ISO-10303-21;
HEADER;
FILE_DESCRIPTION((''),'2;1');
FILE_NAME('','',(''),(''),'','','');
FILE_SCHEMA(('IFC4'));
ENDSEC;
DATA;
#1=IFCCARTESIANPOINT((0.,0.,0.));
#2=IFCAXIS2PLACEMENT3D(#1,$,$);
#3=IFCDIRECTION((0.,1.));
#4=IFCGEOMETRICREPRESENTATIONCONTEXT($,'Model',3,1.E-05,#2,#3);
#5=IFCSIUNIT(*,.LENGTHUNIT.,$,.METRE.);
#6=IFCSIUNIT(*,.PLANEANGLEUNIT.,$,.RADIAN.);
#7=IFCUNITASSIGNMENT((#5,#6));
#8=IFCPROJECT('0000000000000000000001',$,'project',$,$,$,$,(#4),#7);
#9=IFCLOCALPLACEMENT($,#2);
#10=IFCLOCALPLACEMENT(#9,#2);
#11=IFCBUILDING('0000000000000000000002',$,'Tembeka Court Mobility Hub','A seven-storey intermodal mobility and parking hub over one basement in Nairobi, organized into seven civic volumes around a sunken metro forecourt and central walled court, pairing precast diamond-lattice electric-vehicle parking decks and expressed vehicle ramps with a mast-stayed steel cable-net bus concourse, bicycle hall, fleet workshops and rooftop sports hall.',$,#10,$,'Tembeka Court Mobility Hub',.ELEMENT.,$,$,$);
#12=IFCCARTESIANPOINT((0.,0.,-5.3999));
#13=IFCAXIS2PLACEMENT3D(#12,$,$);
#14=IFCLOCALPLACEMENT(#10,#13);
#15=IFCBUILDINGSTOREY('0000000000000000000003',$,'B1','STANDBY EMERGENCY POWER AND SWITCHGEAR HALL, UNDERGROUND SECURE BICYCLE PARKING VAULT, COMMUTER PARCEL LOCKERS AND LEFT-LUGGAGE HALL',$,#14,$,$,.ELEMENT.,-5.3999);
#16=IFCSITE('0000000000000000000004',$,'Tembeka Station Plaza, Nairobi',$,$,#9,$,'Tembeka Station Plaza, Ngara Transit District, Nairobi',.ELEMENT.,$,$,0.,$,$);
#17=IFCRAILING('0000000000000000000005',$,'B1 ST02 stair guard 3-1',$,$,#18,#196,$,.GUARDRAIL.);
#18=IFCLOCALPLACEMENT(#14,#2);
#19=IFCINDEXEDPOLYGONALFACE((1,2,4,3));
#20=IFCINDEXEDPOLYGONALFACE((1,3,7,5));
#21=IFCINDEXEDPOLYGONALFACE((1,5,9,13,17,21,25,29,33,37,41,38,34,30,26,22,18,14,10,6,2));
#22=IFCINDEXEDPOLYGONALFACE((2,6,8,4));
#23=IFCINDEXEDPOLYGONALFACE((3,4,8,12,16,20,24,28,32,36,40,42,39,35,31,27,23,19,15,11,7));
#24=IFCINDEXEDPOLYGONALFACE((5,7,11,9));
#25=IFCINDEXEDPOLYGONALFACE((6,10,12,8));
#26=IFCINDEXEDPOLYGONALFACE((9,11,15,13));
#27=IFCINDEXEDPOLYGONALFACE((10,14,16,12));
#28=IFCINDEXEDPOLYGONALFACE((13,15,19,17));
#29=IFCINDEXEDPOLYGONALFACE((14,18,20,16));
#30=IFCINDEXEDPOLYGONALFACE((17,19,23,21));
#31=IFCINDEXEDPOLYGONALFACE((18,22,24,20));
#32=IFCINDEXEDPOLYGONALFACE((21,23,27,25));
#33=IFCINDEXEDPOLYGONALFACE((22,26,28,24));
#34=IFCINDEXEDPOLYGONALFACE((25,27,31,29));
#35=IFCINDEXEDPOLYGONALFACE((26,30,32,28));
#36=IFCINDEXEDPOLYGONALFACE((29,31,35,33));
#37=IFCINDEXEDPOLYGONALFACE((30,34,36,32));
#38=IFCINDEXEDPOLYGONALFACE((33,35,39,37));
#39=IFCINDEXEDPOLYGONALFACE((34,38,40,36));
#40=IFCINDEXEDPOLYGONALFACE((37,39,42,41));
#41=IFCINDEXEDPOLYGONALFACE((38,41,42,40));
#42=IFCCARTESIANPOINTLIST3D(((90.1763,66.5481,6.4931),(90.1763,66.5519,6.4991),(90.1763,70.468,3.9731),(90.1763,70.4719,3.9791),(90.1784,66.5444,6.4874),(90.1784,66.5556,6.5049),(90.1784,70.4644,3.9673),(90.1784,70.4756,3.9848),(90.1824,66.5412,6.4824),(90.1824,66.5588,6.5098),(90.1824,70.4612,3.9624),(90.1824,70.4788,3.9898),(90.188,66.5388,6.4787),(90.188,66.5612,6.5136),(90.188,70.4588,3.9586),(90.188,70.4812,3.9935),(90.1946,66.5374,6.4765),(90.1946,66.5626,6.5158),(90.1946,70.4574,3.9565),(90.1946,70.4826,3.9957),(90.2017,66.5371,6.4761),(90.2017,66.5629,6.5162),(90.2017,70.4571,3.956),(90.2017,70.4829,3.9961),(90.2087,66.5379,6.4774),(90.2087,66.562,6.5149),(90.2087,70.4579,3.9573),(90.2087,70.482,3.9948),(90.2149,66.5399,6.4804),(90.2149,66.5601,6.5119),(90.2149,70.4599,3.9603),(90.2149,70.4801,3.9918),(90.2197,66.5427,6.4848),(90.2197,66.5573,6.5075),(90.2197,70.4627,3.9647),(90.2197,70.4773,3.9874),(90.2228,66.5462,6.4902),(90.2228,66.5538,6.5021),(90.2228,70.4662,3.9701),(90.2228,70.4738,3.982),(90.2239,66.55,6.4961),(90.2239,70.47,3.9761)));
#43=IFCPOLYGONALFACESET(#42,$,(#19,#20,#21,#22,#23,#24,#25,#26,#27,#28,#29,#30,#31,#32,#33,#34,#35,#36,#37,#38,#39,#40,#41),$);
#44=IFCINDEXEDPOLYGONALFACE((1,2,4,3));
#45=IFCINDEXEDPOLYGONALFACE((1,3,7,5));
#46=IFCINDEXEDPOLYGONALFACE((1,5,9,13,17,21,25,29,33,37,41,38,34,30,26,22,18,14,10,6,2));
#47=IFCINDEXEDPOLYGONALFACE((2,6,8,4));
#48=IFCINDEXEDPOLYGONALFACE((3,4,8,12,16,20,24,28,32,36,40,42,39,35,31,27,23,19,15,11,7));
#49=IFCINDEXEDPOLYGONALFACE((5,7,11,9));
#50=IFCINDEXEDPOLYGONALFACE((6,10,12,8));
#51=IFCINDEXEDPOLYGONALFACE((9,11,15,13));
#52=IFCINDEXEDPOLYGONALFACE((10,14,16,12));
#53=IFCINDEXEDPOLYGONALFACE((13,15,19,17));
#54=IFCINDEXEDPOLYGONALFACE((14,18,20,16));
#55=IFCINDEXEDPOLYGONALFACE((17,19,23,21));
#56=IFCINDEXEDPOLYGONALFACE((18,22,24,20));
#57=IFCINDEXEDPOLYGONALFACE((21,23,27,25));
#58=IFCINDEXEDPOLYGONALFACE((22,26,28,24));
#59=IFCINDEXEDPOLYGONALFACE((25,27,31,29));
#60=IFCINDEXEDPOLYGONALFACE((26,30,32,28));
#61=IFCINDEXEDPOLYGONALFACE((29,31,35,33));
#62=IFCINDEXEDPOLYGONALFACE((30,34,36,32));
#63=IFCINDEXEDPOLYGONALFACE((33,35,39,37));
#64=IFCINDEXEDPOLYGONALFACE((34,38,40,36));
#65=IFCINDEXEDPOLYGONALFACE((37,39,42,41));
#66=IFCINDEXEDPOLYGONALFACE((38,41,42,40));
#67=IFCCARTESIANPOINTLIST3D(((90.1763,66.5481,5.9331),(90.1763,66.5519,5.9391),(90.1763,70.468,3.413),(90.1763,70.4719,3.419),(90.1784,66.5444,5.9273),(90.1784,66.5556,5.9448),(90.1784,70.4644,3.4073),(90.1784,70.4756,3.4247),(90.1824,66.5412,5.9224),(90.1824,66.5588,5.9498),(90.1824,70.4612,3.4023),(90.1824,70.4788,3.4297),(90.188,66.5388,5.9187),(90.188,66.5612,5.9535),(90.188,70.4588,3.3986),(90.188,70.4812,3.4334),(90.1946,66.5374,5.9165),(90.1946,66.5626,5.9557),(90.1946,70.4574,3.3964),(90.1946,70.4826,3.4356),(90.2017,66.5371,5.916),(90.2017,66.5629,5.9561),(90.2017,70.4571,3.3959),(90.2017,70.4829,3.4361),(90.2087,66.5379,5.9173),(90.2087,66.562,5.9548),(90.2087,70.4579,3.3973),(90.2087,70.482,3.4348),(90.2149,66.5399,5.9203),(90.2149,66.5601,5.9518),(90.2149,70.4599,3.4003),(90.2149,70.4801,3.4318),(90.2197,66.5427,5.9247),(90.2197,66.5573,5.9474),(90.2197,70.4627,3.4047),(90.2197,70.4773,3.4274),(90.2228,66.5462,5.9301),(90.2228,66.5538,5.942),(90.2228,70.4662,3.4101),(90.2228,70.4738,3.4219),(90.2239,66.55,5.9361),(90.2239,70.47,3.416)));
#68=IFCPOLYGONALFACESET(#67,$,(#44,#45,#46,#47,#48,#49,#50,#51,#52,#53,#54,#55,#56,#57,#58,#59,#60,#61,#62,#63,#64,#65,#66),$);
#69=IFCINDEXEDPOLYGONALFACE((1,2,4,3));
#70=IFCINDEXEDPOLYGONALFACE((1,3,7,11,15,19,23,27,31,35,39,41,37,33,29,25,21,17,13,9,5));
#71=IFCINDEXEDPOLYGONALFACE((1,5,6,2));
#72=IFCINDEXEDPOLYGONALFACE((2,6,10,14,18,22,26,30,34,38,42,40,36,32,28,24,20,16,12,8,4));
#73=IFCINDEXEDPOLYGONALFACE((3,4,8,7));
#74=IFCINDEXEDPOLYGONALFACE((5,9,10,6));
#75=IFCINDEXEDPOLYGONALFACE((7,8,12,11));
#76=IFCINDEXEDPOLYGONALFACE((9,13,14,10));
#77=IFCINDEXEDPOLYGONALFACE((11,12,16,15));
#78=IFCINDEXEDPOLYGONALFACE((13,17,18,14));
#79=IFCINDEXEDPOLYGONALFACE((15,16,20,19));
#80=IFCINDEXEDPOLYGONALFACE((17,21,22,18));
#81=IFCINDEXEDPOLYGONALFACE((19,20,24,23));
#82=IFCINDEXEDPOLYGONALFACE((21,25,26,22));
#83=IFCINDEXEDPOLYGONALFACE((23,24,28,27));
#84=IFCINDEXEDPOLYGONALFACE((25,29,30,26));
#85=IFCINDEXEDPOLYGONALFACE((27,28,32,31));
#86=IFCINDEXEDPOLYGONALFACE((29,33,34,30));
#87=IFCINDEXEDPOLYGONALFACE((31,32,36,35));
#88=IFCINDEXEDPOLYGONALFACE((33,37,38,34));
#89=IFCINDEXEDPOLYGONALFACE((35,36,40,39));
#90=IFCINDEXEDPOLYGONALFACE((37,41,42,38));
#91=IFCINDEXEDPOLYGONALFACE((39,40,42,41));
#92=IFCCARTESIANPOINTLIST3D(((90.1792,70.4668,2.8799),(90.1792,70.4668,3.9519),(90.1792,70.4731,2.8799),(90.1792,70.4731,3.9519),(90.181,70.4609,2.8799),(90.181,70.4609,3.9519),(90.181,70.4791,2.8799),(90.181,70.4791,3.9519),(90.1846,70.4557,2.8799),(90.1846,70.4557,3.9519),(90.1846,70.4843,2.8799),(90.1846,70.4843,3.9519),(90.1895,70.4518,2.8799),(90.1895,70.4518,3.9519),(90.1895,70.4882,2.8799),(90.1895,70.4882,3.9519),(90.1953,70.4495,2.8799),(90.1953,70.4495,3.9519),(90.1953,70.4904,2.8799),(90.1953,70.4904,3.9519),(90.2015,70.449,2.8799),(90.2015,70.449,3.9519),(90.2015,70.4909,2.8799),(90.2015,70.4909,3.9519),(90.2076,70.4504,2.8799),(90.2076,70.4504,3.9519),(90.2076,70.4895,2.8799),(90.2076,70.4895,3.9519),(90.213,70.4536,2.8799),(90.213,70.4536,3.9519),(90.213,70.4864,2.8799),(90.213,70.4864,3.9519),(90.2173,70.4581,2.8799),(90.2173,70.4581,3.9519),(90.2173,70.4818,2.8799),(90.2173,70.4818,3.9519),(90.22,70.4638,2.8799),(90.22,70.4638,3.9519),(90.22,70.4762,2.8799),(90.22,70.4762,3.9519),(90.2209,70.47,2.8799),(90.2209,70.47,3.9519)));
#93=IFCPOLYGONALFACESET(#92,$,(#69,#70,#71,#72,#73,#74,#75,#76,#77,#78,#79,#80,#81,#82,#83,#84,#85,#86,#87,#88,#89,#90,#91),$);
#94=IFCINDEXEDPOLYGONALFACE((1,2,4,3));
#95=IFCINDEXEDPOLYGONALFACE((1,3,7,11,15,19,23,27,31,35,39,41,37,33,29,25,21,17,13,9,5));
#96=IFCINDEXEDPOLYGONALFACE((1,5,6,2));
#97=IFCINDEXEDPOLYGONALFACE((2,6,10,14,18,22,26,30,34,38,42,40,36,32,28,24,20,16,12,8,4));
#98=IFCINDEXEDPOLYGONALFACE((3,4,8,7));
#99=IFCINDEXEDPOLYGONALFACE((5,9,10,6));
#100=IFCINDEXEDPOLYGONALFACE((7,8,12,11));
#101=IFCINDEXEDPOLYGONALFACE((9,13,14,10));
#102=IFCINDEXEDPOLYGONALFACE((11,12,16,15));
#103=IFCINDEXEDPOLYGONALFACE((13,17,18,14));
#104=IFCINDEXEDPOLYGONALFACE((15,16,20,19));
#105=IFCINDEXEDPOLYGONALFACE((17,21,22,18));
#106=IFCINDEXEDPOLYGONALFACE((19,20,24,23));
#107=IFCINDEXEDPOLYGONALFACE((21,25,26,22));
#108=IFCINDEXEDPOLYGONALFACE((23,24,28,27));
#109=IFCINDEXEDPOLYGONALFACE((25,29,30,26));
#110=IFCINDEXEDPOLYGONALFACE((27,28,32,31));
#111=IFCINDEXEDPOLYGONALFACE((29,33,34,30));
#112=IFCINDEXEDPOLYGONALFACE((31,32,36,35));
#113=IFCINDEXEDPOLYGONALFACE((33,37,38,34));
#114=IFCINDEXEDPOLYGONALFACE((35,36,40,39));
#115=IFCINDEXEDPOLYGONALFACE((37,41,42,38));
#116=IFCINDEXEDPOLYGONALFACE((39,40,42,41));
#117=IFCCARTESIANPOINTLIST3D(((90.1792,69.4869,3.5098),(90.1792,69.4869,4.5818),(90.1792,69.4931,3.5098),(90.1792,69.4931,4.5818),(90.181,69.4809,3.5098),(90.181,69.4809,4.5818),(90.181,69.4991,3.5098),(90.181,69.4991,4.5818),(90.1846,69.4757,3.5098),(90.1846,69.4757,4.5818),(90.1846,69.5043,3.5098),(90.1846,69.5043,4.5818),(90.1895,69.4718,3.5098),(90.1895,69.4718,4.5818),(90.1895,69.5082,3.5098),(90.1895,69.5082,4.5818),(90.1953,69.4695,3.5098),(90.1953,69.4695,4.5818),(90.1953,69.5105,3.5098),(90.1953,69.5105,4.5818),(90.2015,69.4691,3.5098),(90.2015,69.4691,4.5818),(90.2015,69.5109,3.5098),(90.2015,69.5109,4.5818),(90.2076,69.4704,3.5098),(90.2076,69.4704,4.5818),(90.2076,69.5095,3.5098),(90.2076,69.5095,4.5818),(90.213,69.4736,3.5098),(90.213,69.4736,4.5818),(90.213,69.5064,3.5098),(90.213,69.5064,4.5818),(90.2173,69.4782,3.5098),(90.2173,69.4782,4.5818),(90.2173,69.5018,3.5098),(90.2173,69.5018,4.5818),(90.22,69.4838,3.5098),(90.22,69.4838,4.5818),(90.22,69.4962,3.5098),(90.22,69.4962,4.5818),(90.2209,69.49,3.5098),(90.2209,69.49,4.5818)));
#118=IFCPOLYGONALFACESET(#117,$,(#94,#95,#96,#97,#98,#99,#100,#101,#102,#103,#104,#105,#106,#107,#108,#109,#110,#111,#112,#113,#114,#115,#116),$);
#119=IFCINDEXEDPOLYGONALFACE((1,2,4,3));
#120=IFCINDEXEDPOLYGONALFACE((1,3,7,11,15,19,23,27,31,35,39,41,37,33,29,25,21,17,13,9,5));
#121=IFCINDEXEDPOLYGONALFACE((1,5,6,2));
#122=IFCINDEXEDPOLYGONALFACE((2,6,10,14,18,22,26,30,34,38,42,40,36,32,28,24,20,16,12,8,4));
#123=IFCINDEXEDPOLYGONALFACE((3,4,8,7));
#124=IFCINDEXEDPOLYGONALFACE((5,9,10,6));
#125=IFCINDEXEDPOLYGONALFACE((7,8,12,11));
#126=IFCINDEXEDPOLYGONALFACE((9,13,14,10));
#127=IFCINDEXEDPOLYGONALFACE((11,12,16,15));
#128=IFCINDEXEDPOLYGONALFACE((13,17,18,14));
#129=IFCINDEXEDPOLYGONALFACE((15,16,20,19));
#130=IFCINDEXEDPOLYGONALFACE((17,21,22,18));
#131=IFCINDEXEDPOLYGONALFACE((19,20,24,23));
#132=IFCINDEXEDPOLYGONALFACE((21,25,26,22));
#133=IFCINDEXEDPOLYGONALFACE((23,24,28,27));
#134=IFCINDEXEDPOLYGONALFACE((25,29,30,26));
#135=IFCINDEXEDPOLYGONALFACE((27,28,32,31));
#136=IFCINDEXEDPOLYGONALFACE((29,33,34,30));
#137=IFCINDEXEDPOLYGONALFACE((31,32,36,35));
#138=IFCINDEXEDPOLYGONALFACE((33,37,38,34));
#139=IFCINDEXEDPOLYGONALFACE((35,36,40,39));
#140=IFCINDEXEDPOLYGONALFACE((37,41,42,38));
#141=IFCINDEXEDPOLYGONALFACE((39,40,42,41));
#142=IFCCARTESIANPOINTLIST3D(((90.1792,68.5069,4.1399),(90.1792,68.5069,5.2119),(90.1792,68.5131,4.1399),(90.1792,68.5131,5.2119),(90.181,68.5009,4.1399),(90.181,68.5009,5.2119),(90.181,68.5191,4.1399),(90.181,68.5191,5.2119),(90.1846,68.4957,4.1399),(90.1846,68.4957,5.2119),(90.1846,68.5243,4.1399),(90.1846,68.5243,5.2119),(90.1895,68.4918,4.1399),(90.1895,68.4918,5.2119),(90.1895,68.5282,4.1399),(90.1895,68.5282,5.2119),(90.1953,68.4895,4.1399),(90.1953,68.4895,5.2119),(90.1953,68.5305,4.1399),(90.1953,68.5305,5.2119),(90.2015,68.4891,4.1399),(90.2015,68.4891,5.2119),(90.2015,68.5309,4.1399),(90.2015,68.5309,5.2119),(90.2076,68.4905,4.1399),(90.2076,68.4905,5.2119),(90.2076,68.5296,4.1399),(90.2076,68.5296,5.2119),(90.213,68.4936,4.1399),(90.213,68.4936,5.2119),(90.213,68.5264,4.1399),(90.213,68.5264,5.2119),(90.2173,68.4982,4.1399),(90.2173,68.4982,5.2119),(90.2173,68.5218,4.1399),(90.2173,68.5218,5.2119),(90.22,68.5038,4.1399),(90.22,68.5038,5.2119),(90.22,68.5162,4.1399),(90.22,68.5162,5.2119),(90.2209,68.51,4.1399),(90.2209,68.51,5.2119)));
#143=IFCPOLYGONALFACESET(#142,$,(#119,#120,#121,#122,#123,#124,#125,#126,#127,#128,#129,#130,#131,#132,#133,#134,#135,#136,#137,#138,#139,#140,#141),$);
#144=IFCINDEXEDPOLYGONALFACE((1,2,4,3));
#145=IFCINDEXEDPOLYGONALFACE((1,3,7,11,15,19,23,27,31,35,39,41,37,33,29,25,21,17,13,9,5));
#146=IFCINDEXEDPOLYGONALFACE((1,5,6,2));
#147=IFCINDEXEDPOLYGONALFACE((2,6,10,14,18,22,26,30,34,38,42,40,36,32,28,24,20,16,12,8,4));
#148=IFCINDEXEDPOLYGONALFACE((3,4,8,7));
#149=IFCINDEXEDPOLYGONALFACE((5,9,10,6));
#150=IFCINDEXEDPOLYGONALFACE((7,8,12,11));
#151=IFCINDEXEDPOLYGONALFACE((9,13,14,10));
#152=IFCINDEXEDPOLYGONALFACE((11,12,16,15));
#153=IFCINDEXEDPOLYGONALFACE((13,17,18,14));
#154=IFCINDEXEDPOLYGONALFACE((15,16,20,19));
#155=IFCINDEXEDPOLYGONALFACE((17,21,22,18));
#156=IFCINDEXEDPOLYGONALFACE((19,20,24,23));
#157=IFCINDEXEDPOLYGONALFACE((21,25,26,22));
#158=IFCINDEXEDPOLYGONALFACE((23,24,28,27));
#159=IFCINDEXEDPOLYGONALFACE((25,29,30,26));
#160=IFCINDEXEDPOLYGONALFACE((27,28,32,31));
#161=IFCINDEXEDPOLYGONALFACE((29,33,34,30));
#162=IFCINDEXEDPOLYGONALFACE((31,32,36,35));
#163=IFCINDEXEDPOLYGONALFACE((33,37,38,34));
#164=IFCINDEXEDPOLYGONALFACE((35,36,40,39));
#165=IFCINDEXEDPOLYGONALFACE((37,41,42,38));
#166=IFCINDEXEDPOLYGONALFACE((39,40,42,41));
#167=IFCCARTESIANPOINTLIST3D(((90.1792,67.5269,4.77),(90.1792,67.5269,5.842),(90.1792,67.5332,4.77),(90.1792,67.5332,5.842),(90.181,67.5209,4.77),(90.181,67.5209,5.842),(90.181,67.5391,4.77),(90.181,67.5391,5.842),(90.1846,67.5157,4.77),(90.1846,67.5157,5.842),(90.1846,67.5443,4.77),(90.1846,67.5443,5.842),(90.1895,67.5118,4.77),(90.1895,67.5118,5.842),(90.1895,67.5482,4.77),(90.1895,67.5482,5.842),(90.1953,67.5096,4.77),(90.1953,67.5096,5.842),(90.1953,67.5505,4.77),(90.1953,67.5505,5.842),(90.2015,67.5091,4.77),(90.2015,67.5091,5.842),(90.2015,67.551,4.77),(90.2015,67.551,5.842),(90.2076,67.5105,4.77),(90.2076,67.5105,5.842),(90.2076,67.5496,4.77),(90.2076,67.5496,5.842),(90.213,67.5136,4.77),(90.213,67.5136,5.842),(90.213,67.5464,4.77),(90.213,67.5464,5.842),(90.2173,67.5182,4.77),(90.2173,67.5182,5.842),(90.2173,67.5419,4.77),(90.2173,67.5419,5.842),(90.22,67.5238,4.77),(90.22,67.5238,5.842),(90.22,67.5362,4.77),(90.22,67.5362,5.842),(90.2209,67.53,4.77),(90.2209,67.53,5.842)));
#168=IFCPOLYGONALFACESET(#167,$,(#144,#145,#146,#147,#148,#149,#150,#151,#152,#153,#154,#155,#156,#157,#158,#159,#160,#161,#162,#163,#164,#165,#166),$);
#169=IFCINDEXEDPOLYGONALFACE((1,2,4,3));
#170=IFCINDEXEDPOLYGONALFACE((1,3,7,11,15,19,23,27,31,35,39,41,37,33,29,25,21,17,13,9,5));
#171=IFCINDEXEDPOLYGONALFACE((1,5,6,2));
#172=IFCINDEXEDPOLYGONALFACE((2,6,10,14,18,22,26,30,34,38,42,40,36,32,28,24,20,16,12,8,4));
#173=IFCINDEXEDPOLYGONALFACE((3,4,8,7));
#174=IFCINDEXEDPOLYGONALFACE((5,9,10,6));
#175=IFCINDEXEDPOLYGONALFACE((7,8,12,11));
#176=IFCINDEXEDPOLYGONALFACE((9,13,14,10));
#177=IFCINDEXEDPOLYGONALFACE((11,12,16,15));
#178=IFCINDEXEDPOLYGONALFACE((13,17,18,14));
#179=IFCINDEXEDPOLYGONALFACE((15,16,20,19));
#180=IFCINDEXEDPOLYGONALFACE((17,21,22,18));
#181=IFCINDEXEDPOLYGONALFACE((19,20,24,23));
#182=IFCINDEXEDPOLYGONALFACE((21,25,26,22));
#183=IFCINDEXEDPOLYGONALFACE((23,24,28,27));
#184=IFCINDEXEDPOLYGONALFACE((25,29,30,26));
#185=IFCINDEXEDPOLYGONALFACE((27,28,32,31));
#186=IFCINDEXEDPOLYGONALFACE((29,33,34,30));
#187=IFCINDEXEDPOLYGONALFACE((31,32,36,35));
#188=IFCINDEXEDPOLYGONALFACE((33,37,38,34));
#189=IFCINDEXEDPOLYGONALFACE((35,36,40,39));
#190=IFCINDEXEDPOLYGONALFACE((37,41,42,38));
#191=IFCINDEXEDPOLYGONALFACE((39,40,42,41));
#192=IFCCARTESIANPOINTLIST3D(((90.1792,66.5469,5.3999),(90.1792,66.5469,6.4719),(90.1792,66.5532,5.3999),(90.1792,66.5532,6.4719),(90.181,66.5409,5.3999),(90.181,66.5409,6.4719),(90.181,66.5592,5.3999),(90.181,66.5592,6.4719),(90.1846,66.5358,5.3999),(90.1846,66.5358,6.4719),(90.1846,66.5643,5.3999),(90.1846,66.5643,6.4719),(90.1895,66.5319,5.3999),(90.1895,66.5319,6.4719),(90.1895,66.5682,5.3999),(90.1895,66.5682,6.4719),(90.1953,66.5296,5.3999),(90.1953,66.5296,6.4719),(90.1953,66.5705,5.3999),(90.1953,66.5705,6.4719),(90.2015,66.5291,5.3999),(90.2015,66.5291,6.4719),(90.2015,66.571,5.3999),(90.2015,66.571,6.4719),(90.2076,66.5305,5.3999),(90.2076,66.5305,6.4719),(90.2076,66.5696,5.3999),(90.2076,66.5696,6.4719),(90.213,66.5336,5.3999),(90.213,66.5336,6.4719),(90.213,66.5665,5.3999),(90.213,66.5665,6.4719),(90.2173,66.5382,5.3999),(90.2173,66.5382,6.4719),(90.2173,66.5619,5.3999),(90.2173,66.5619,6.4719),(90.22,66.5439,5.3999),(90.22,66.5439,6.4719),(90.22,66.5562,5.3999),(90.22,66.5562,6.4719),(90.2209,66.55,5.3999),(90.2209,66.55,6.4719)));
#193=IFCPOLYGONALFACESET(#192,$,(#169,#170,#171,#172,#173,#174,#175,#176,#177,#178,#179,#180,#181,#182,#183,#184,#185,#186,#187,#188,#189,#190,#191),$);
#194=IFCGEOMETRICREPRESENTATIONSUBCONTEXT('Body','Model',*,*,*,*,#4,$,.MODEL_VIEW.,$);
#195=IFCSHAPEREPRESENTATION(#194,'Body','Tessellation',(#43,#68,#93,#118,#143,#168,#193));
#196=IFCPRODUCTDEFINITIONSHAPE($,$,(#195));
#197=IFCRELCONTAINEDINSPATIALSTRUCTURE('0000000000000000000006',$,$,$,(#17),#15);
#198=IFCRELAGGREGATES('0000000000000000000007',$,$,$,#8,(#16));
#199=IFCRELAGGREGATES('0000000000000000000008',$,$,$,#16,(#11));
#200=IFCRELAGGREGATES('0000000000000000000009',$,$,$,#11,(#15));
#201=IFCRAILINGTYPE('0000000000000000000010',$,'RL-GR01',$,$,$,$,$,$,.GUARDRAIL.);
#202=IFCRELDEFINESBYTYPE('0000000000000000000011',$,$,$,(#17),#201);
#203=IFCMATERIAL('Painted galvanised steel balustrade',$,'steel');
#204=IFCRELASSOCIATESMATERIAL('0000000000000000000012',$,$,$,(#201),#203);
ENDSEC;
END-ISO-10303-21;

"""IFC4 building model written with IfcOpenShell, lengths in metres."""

from ifc_helpers import new_model, si_unit, direction, frame, origin, origin_2d, place, context, subcontext, project, spatial, circle, extrude, material, type_object, element, save


model = new_model("IFC4")

# Units and contexts
model_context = context("Model", 3, precision=1e-05, world=origin(), true_north=direction((0.0, 1.0)))
body_context = subcontext(model_context, "Body", "Model", "MODEL_VIEW")
ifc_project = project(units=[si_unit("LENGTHUNIT", "METRE"), si_unit("PLANEANGLEUNIT", "RADIAN")], contexts=[model_context])

# Site, building, storey
site_placement = place(None, origin())
site = spatial("IfcSite", under=ifc_project, at=site_placement, Name="Tembeka Station Plaza, Nairobi", LongName="Tembeka Station Plaza, Ngara Transit District, Nairobi", CompositionType="ELEMENT", RefElevation=0.0)
building_placement = place(site_placement, origin())
building = spatial("IfcBuilding", under=site, at=building_placement, Name="Tembeka Court Mobility Hub", Description="A seven-storey intermodal mobility and parking hub over one basement in Nairobi, organized into seven civic volumes around a sunken metro forecourt and central walled court, pairing precast diamond-lattice electric-vehicle parking decks and expressed vehicle ramps with a mast-stayed steel cable-net bus concourse, bicycle hall, fleet workshops and rooftop sports hall.", LongName="Tembeka Court Mobility Hub", CompositionType="ELEMENT")
storey_placement = place(building_placement, frame((0.0, 0.0, -5.3999)))
storey = spatial("IfcBuildingStorey", under=building, at=storey_placement, Name="B1", Description="STANDBY EMERGENCY POWER AND SWITCHGEAR HALL, UNDERGROUND SECURE BICYCLE PARKING VAULT, COMMUTER PARCEL LOCKERS AND LEFT-LUGGAGE HALL", CompositionType="ELEMENT", Elevation=-5.3999)

# Railing
ifc_material_1 = material(Name="Painted galvanised steel balustrade", Category="steel")
railing_type_1 = type_object("IfcRailingType", Name="RL-GR01", PredefinedType="GUARDRAIL", material=ifc_material_1)
railing_1_placement = place(storey_placement, frame((90.2, 70.47, 2.8799)))
element("IfcRailing", 1, at=railing_1_placement, inside=storey, type_object=railing_type_1, Name="B1 ST02 stair guard 3-1", PredefinedType="GUARDRAIL", context=body_context, shape_type="SweptSolid", body=[
    extrude(circle(Radius=0.0239, at=origin_2d()), frame((0.0, 0.0, 1.0962), z_axis=(0.0, -0.841172, 0.540768), x_axis=(1.0, 0.0, 0.0)), (0.0, 0.0, 1.0), 4.6602),
    extrude(circle(Radius=0.0239, at=origin_2d()), frame((0.0, 0.0, 0.5361), z_axis=(0.0, -0.841172, 0.540768), x_axis=(1.0, 0.0, 0.0)), (0.0, 0.0, 1.0), 4.6602),
    extrude(circle(Radius=0.021, at=origin_2d()), origin(), (0.0, 0.0, 1.0), 1.072),
    extrude(circle(Radius=0.021, at=origin_2d()), frame((0.0, -0.98, 0.6299)), (0.0, 0.0, 1.0), 1.072),
    extrude(circle(Radius=0.021, at=origin_2d()), frame((0.0, -1.96, 1.26)), (0.0, 0.0, 1.0), 1.072),
    extrude(circle(Radius=0.021, at=origin_2d()), frame((0.0, -2.9399, 1.8901)), (0.0, 0.0, 1.0), 1.072),
    extrude(circle(Radius=0.021, at=origin_2d()), frame((0.0, -3.9199, 2.52)), (0.0, 0.0, 1.0), 1.072),
])

save(model, "model.ifc")
